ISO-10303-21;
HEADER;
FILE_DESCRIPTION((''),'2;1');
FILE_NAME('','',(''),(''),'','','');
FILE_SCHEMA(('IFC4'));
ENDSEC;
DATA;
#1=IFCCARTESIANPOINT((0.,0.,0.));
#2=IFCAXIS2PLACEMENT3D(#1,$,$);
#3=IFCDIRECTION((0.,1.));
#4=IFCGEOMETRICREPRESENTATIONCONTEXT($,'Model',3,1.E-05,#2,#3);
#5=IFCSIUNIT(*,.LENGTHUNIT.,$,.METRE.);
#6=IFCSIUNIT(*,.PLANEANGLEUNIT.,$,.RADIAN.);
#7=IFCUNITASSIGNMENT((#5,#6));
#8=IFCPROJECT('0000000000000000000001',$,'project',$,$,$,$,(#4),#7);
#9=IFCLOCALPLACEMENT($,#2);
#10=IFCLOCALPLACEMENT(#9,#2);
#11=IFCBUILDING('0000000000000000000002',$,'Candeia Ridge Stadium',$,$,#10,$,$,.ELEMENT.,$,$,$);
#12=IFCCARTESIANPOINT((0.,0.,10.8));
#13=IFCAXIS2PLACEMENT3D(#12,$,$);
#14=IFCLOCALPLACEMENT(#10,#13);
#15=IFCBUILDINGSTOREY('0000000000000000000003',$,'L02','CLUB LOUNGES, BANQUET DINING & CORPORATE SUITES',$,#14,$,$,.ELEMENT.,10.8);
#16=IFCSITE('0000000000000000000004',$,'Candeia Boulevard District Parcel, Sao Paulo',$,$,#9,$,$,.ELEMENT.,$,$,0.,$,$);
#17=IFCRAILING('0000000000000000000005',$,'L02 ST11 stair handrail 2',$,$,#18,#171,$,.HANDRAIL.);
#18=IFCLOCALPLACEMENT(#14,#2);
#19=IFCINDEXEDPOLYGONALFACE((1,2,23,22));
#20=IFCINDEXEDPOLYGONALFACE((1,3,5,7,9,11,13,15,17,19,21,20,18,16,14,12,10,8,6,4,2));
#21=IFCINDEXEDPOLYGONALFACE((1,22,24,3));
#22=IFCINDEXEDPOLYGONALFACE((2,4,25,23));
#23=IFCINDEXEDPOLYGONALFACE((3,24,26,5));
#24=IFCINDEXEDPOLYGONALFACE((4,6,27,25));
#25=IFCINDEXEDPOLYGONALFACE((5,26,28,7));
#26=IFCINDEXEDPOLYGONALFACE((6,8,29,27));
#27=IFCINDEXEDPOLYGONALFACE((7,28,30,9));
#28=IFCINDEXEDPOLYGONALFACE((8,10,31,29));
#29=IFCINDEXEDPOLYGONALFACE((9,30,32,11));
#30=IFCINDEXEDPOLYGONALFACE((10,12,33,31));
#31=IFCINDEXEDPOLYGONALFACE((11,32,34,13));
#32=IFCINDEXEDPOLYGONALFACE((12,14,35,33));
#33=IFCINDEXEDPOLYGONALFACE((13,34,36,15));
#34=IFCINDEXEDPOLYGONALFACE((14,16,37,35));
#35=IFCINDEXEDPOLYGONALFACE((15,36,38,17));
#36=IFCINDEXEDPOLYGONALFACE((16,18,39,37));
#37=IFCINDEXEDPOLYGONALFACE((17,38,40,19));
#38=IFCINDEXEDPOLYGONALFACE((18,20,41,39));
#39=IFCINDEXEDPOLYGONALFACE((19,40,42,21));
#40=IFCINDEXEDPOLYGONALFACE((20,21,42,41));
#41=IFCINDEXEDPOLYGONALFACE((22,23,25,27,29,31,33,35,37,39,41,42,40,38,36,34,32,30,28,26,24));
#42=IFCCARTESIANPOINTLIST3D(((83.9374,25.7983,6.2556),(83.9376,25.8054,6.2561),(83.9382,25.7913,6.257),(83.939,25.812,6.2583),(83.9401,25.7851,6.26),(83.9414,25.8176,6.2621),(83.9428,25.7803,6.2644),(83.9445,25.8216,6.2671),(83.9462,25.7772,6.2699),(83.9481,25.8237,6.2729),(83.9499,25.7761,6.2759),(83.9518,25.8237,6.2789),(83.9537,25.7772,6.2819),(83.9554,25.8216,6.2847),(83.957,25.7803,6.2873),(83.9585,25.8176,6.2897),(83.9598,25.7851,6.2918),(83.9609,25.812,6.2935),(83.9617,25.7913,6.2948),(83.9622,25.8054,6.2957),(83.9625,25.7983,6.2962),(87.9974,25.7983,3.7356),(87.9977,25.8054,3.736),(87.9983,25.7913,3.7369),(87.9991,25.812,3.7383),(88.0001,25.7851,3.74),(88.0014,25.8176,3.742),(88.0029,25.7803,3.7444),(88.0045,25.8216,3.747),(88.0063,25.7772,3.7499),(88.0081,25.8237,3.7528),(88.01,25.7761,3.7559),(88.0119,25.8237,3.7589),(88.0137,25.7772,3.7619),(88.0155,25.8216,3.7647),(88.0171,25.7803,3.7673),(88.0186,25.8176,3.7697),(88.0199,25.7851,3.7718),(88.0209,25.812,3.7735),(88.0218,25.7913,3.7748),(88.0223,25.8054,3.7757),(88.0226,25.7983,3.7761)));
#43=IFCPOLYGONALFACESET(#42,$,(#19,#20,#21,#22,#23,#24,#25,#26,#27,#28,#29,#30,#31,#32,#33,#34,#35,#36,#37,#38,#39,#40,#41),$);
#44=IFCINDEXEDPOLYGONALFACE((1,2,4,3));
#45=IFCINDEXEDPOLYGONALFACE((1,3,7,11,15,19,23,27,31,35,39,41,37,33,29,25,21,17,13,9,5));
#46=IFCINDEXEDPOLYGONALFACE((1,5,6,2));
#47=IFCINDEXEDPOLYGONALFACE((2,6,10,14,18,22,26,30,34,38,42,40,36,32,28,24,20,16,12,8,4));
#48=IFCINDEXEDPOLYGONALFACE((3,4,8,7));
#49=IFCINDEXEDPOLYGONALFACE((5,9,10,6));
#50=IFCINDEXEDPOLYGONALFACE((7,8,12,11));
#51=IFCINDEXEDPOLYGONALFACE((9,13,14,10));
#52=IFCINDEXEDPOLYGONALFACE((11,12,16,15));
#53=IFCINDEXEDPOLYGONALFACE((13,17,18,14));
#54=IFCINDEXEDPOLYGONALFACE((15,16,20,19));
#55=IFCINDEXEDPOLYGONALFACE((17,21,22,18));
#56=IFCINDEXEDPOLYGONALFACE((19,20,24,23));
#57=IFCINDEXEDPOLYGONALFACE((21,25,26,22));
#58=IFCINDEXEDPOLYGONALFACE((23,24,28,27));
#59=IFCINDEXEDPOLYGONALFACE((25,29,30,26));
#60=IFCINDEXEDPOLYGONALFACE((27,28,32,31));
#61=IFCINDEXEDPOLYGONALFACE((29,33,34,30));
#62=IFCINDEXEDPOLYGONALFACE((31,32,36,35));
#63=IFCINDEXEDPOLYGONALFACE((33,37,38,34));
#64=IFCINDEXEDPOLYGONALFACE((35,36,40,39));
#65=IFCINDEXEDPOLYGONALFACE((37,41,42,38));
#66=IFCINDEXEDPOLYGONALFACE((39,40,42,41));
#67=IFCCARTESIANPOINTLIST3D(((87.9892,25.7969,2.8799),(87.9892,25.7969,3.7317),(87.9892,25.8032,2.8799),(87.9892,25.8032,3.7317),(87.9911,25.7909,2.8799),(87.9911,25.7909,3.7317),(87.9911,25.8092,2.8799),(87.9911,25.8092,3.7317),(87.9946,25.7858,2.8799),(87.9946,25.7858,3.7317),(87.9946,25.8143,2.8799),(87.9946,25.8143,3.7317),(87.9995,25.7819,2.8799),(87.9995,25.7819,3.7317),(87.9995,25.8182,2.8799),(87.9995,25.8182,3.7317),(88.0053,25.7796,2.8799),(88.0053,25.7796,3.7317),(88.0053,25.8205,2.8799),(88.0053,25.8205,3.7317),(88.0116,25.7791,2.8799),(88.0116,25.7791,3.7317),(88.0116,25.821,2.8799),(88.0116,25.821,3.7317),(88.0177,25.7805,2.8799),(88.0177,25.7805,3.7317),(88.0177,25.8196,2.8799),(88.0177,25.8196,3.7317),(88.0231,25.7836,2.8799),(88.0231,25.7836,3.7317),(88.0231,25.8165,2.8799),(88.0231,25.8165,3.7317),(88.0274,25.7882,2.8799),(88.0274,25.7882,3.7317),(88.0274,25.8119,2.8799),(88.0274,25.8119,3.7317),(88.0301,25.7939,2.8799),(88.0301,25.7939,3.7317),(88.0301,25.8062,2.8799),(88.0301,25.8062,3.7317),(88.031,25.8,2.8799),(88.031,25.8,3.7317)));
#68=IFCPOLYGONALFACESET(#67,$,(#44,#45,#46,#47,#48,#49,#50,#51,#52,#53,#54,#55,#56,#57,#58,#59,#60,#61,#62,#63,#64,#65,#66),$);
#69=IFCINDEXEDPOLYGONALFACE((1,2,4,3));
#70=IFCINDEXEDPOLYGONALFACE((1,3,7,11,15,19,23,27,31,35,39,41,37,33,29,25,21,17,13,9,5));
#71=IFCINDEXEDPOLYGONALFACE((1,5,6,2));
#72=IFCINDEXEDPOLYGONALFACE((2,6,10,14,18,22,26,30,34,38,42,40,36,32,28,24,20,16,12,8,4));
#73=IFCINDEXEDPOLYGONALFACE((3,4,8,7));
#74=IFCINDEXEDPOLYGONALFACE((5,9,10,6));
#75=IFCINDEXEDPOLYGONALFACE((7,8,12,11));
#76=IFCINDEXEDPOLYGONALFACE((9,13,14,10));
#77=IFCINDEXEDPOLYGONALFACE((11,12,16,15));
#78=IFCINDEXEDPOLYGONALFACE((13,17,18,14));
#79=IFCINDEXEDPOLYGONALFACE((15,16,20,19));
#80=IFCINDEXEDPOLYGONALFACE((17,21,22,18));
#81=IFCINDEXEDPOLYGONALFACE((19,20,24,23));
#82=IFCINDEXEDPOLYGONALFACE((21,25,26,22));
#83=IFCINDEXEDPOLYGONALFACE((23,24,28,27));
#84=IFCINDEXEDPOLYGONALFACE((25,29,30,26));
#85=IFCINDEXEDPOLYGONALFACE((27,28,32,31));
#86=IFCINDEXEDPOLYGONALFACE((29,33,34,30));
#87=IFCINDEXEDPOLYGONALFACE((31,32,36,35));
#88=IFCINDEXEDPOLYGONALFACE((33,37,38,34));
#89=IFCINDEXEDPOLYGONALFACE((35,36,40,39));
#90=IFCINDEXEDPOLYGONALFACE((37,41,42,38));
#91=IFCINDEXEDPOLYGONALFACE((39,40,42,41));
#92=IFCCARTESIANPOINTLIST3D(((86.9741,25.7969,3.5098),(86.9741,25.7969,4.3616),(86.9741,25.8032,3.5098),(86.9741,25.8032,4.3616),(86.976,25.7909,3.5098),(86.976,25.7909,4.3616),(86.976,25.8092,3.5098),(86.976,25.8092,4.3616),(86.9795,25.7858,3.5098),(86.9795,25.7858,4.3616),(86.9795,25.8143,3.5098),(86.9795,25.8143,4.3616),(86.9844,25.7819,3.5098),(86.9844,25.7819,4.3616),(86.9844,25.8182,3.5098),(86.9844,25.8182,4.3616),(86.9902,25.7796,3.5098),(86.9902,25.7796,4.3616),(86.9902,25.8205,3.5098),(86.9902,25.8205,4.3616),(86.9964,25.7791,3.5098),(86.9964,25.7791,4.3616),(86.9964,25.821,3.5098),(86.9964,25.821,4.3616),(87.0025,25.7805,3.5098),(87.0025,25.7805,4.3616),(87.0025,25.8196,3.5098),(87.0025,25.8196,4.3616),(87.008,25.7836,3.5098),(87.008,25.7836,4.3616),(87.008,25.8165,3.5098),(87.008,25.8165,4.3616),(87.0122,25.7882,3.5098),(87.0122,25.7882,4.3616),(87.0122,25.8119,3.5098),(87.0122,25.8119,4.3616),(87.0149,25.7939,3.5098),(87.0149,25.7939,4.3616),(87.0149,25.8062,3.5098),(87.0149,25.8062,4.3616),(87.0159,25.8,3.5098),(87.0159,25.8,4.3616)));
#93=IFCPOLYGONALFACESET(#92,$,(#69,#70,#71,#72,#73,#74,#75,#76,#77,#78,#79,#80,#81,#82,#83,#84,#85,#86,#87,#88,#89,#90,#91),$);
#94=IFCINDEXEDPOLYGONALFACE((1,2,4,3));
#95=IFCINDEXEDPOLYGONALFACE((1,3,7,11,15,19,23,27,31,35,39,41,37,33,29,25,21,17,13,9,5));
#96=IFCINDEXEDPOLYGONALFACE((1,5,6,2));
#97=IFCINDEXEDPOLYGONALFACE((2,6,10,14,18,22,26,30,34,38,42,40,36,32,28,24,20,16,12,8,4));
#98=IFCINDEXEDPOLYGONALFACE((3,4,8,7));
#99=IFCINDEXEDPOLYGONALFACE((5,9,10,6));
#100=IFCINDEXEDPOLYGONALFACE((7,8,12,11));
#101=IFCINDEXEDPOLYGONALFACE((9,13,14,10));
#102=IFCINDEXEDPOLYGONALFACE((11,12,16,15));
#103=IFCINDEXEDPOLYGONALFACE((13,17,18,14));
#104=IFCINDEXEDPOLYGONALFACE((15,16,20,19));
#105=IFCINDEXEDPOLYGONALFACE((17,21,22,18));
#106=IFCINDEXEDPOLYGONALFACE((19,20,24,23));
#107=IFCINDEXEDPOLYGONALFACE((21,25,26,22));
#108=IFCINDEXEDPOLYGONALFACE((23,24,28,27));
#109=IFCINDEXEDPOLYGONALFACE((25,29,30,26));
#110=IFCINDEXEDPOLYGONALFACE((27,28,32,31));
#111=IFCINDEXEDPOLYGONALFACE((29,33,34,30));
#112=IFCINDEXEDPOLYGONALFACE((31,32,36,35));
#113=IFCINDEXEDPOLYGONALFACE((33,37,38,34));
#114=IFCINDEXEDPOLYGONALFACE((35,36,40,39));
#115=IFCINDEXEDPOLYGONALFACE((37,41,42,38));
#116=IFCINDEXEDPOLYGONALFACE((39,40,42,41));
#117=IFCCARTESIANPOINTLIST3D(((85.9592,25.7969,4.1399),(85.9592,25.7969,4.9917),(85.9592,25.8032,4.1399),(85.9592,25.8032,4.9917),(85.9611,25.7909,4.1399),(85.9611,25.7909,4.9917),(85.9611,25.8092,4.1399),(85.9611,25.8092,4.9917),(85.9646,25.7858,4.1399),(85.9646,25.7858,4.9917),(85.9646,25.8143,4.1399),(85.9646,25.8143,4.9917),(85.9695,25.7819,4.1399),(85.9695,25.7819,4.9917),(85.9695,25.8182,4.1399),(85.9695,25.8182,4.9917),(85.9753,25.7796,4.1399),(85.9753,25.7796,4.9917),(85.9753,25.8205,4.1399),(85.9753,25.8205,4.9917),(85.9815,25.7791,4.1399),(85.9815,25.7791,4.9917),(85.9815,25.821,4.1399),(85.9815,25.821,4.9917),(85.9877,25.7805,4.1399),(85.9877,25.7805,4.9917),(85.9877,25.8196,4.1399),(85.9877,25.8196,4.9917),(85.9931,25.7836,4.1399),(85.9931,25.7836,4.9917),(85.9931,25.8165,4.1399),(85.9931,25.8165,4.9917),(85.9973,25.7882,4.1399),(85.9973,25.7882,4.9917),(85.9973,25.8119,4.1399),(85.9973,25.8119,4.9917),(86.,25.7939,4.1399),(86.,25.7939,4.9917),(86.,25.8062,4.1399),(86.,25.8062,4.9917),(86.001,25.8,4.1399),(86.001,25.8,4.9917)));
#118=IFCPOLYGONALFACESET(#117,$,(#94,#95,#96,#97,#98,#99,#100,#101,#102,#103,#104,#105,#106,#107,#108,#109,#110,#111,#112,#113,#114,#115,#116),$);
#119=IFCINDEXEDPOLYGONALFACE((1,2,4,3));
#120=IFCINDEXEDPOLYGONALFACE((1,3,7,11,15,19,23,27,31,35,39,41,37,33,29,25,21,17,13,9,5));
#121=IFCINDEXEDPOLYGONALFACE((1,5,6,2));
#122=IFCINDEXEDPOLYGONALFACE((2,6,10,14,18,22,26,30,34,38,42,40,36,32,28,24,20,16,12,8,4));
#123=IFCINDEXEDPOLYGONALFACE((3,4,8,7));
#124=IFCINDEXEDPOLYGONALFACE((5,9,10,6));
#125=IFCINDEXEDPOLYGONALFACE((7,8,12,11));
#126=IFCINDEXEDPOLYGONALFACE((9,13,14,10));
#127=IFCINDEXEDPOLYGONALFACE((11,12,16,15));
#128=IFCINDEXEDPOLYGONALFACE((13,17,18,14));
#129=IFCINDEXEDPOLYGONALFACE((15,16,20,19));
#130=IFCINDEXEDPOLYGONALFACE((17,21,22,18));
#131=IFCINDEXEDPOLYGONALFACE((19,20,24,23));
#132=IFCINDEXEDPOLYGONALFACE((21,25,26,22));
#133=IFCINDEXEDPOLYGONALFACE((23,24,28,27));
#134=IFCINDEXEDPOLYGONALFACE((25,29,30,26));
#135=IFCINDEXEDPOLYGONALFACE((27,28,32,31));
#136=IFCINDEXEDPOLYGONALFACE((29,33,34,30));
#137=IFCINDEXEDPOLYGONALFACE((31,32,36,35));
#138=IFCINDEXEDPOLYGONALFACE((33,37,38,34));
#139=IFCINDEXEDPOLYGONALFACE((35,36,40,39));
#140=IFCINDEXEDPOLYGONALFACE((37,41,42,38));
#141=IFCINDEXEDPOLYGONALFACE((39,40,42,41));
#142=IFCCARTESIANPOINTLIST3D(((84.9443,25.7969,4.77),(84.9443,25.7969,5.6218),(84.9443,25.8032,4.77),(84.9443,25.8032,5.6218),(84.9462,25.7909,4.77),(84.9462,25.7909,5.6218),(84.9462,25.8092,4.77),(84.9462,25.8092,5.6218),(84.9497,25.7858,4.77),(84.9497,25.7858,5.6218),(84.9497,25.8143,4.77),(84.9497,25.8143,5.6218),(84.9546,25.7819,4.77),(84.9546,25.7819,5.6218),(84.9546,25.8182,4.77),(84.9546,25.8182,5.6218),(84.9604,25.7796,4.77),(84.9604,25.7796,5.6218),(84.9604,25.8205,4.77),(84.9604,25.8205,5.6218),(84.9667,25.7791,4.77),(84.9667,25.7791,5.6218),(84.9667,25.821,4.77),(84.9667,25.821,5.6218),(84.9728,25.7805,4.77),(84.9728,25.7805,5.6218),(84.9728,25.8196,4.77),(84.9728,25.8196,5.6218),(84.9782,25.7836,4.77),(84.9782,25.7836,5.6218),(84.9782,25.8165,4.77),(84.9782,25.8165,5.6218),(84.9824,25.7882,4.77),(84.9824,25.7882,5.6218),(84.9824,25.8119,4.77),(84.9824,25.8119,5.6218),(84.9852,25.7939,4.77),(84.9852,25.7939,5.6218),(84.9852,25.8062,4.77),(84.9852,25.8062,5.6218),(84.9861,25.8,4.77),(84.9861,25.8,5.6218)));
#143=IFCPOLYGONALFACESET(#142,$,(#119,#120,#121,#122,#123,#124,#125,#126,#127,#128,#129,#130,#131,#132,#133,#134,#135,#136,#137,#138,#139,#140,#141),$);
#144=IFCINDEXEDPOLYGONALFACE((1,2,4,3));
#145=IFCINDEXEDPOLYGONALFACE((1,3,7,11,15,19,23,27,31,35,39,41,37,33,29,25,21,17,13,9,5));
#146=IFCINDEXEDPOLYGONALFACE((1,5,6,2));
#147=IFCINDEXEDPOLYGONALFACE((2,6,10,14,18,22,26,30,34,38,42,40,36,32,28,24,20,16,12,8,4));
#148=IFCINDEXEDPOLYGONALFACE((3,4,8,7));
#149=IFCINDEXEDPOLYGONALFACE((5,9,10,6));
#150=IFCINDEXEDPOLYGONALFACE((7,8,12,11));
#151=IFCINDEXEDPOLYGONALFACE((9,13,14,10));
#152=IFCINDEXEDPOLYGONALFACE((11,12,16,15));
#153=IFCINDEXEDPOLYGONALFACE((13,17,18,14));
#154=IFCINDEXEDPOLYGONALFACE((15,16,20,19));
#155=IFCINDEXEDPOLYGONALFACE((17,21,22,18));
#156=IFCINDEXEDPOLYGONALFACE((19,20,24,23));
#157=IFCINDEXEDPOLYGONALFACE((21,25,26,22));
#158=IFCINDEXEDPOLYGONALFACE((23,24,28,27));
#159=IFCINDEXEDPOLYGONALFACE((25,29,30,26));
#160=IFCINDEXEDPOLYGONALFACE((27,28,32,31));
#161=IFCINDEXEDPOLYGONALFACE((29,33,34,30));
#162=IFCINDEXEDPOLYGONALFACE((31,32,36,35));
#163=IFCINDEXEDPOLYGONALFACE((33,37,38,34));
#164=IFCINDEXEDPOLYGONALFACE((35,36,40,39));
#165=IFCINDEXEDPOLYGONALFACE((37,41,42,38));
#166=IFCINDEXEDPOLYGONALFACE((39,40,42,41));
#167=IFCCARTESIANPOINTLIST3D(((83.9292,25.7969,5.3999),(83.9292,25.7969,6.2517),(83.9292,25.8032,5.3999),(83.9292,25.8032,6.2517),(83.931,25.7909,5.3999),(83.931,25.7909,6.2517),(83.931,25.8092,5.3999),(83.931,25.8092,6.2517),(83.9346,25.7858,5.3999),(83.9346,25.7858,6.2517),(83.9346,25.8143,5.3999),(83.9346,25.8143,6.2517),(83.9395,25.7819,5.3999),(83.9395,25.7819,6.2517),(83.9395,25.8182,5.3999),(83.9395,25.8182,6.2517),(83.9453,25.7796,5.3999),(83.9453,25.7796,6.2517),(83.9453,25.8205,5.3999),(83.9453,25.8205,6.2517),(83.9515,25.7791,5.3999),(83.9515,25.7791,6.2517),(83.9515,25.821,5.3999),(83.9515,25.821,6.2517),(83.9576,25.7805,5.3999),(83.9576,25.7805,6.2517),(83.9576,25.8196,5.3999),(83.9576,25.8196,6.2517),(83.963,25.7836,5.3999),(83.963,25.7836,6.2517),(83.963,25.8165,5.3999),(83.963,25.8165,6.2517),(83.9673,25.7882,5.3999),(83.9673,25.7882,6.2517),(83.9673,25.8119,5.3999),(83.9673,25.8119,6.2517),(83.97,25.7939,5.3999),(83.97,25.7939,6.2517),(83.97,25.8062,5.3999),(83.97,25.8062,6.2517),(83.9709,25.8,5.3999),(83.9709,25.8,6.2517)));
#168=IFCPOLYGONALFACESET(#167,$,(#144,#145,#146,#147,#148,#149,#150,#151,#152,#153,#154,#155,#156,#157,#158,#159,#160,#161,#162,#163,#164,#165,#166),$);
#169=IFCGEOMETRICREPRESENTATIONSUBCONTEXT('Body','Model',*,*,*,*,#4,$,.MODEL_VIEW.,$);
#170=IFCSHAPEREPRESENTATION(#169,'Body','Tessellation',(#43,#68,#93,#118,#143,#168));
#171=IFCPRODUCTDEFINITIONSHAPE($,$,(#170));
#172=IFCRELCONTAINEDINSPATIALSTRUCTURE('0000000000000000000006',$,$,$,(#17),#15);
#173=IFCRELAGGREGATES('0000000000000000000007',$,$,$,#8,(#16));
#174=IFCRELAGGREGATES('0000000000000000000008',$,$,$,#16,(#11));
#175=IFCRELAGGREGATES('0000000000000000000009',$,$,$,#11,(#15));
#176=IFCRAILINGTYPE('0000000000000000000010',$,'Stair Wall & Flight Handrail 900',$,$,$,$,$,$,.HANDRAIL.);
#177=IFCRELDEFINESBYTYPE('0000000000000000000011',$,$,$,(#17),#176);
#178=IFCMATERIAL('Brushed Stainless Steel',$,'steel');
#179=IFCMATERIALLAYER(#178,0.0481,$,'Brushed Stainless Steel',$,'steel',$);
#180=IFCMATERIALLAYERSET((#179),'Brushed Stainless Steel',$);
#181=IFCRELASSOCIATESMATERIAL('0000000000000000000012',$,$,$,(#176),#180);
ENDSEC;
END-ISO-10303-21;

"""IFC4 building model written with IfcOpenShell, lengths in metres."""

from ifc_helpers import new_model, si_unit, direction, frame, origin, origin_2d, place, context, subcontext, project, spatial, circle, extrude, material, layer, layer_set, type_object, element, save


model = new_model("IFC4")

# Units and contexts
model_context = context("Model", 3, precision=1e-05, world=origin(), true_north=direction((0.0, 1.0)))
body_context = subcontext(model_context, "Body", "Model", "MODEL_VIEW")
ifc_project = project(units=[si_unit("LENGTHUNIT", "METRE"), si_unit("PLANEANGLEUNIT", "RADIAN")], contexts=[model_context])

# Site, building, storey
site_placement = place(None, origin())
site = spatial("IfcSite", under=ifc_project, at=site_placement, Name="Candeia Boulevard District Parcel, Sao Paulo", CompositionType="ELEMENT", RefElevation=0.0)
building_placement = place(site_placement, origin())
building = spatial("IfcBuilding", under=site, at=building_placement, Name="Candeia Ridge Stadium", CompositionType="ELEMENT")
storey_placement = place(building_placement, frame((0.0, 0.0, 10.8)))
storey = spatial("IfcBuildingStorey", under=building, at=storey_placement, Name="L02", Description="CLUB LOUNGES, BANQUET DINING & CORPORATE SUITES", CompositionType="ELEMENT", Elevation=10.8)

# Shared definitions
ifc_material_1 = material(Name="Brushed Stainless Steel", Category="steel")

# Railing
ifc_layer_1 = layer(ifc_material_1, 0.0481, Name="Brushed Stainless Steel", Category="steel")
ifc_layer_set_1 = layer_set([ifc_layer_1], Name="Brushed Stainless Steel")
railing_type_1 = type_object("IfcRailingType", Name="Stair Wall & Flight Handrail 900", PredefinedType="HANDRAIL", material=ifc_layer_set_1)
railing_1_placement = place(storey_placement, frame((88.01, 25.8, 2.8799)))
element("IfcRailing", 1, at=railing_1_placement, inside=storey, type_object=railing_type_1, Name="L02 ST11 stair handrail 2", PredefinedType="HANDRAIL", context=body_context, shape_type="SweptSolid", body=[
    extrude(circle(Radius=0.0239, at=origin_2d()), frame((0.0, 0.0, 0.876), z_axis=(-0.849642, 0.0, 0.52736), x_axis=(0.0, -1.0, 0.0)), (0.0, 0.0, 1.0), 4.7786),
    extrude(circle(Radius=0.021, at=origin_2d()), origin(), (0.0, 0.0, 1.0), 0.8518),
    extrude(circle(Radius=0.021, at=origin_2d()), frame((-1.0151, 0.0, 0.6299)), (0.0, 0.0, 1.0), 0.8518),
    extrude(circle(Radius=0.021, at=origin_2d()), frame((-2.03, 0.0, 1.26)), (0.0, 0.0, 1.0), 0.8518),
    extrude(circle(Radius=0.021, at=origin_2d()), frame((-3.0449, 0.0, 1.8901)), (0.0, 0.0, 1.0), 0.8518),
    extrude(circle(Radius=0.021, at=origin_2d()), frame((-4.0601, 0.0, 2.52)), (0.0, 0.0, 1.0), 0.8518),
])

save(model, "model.ifc")
